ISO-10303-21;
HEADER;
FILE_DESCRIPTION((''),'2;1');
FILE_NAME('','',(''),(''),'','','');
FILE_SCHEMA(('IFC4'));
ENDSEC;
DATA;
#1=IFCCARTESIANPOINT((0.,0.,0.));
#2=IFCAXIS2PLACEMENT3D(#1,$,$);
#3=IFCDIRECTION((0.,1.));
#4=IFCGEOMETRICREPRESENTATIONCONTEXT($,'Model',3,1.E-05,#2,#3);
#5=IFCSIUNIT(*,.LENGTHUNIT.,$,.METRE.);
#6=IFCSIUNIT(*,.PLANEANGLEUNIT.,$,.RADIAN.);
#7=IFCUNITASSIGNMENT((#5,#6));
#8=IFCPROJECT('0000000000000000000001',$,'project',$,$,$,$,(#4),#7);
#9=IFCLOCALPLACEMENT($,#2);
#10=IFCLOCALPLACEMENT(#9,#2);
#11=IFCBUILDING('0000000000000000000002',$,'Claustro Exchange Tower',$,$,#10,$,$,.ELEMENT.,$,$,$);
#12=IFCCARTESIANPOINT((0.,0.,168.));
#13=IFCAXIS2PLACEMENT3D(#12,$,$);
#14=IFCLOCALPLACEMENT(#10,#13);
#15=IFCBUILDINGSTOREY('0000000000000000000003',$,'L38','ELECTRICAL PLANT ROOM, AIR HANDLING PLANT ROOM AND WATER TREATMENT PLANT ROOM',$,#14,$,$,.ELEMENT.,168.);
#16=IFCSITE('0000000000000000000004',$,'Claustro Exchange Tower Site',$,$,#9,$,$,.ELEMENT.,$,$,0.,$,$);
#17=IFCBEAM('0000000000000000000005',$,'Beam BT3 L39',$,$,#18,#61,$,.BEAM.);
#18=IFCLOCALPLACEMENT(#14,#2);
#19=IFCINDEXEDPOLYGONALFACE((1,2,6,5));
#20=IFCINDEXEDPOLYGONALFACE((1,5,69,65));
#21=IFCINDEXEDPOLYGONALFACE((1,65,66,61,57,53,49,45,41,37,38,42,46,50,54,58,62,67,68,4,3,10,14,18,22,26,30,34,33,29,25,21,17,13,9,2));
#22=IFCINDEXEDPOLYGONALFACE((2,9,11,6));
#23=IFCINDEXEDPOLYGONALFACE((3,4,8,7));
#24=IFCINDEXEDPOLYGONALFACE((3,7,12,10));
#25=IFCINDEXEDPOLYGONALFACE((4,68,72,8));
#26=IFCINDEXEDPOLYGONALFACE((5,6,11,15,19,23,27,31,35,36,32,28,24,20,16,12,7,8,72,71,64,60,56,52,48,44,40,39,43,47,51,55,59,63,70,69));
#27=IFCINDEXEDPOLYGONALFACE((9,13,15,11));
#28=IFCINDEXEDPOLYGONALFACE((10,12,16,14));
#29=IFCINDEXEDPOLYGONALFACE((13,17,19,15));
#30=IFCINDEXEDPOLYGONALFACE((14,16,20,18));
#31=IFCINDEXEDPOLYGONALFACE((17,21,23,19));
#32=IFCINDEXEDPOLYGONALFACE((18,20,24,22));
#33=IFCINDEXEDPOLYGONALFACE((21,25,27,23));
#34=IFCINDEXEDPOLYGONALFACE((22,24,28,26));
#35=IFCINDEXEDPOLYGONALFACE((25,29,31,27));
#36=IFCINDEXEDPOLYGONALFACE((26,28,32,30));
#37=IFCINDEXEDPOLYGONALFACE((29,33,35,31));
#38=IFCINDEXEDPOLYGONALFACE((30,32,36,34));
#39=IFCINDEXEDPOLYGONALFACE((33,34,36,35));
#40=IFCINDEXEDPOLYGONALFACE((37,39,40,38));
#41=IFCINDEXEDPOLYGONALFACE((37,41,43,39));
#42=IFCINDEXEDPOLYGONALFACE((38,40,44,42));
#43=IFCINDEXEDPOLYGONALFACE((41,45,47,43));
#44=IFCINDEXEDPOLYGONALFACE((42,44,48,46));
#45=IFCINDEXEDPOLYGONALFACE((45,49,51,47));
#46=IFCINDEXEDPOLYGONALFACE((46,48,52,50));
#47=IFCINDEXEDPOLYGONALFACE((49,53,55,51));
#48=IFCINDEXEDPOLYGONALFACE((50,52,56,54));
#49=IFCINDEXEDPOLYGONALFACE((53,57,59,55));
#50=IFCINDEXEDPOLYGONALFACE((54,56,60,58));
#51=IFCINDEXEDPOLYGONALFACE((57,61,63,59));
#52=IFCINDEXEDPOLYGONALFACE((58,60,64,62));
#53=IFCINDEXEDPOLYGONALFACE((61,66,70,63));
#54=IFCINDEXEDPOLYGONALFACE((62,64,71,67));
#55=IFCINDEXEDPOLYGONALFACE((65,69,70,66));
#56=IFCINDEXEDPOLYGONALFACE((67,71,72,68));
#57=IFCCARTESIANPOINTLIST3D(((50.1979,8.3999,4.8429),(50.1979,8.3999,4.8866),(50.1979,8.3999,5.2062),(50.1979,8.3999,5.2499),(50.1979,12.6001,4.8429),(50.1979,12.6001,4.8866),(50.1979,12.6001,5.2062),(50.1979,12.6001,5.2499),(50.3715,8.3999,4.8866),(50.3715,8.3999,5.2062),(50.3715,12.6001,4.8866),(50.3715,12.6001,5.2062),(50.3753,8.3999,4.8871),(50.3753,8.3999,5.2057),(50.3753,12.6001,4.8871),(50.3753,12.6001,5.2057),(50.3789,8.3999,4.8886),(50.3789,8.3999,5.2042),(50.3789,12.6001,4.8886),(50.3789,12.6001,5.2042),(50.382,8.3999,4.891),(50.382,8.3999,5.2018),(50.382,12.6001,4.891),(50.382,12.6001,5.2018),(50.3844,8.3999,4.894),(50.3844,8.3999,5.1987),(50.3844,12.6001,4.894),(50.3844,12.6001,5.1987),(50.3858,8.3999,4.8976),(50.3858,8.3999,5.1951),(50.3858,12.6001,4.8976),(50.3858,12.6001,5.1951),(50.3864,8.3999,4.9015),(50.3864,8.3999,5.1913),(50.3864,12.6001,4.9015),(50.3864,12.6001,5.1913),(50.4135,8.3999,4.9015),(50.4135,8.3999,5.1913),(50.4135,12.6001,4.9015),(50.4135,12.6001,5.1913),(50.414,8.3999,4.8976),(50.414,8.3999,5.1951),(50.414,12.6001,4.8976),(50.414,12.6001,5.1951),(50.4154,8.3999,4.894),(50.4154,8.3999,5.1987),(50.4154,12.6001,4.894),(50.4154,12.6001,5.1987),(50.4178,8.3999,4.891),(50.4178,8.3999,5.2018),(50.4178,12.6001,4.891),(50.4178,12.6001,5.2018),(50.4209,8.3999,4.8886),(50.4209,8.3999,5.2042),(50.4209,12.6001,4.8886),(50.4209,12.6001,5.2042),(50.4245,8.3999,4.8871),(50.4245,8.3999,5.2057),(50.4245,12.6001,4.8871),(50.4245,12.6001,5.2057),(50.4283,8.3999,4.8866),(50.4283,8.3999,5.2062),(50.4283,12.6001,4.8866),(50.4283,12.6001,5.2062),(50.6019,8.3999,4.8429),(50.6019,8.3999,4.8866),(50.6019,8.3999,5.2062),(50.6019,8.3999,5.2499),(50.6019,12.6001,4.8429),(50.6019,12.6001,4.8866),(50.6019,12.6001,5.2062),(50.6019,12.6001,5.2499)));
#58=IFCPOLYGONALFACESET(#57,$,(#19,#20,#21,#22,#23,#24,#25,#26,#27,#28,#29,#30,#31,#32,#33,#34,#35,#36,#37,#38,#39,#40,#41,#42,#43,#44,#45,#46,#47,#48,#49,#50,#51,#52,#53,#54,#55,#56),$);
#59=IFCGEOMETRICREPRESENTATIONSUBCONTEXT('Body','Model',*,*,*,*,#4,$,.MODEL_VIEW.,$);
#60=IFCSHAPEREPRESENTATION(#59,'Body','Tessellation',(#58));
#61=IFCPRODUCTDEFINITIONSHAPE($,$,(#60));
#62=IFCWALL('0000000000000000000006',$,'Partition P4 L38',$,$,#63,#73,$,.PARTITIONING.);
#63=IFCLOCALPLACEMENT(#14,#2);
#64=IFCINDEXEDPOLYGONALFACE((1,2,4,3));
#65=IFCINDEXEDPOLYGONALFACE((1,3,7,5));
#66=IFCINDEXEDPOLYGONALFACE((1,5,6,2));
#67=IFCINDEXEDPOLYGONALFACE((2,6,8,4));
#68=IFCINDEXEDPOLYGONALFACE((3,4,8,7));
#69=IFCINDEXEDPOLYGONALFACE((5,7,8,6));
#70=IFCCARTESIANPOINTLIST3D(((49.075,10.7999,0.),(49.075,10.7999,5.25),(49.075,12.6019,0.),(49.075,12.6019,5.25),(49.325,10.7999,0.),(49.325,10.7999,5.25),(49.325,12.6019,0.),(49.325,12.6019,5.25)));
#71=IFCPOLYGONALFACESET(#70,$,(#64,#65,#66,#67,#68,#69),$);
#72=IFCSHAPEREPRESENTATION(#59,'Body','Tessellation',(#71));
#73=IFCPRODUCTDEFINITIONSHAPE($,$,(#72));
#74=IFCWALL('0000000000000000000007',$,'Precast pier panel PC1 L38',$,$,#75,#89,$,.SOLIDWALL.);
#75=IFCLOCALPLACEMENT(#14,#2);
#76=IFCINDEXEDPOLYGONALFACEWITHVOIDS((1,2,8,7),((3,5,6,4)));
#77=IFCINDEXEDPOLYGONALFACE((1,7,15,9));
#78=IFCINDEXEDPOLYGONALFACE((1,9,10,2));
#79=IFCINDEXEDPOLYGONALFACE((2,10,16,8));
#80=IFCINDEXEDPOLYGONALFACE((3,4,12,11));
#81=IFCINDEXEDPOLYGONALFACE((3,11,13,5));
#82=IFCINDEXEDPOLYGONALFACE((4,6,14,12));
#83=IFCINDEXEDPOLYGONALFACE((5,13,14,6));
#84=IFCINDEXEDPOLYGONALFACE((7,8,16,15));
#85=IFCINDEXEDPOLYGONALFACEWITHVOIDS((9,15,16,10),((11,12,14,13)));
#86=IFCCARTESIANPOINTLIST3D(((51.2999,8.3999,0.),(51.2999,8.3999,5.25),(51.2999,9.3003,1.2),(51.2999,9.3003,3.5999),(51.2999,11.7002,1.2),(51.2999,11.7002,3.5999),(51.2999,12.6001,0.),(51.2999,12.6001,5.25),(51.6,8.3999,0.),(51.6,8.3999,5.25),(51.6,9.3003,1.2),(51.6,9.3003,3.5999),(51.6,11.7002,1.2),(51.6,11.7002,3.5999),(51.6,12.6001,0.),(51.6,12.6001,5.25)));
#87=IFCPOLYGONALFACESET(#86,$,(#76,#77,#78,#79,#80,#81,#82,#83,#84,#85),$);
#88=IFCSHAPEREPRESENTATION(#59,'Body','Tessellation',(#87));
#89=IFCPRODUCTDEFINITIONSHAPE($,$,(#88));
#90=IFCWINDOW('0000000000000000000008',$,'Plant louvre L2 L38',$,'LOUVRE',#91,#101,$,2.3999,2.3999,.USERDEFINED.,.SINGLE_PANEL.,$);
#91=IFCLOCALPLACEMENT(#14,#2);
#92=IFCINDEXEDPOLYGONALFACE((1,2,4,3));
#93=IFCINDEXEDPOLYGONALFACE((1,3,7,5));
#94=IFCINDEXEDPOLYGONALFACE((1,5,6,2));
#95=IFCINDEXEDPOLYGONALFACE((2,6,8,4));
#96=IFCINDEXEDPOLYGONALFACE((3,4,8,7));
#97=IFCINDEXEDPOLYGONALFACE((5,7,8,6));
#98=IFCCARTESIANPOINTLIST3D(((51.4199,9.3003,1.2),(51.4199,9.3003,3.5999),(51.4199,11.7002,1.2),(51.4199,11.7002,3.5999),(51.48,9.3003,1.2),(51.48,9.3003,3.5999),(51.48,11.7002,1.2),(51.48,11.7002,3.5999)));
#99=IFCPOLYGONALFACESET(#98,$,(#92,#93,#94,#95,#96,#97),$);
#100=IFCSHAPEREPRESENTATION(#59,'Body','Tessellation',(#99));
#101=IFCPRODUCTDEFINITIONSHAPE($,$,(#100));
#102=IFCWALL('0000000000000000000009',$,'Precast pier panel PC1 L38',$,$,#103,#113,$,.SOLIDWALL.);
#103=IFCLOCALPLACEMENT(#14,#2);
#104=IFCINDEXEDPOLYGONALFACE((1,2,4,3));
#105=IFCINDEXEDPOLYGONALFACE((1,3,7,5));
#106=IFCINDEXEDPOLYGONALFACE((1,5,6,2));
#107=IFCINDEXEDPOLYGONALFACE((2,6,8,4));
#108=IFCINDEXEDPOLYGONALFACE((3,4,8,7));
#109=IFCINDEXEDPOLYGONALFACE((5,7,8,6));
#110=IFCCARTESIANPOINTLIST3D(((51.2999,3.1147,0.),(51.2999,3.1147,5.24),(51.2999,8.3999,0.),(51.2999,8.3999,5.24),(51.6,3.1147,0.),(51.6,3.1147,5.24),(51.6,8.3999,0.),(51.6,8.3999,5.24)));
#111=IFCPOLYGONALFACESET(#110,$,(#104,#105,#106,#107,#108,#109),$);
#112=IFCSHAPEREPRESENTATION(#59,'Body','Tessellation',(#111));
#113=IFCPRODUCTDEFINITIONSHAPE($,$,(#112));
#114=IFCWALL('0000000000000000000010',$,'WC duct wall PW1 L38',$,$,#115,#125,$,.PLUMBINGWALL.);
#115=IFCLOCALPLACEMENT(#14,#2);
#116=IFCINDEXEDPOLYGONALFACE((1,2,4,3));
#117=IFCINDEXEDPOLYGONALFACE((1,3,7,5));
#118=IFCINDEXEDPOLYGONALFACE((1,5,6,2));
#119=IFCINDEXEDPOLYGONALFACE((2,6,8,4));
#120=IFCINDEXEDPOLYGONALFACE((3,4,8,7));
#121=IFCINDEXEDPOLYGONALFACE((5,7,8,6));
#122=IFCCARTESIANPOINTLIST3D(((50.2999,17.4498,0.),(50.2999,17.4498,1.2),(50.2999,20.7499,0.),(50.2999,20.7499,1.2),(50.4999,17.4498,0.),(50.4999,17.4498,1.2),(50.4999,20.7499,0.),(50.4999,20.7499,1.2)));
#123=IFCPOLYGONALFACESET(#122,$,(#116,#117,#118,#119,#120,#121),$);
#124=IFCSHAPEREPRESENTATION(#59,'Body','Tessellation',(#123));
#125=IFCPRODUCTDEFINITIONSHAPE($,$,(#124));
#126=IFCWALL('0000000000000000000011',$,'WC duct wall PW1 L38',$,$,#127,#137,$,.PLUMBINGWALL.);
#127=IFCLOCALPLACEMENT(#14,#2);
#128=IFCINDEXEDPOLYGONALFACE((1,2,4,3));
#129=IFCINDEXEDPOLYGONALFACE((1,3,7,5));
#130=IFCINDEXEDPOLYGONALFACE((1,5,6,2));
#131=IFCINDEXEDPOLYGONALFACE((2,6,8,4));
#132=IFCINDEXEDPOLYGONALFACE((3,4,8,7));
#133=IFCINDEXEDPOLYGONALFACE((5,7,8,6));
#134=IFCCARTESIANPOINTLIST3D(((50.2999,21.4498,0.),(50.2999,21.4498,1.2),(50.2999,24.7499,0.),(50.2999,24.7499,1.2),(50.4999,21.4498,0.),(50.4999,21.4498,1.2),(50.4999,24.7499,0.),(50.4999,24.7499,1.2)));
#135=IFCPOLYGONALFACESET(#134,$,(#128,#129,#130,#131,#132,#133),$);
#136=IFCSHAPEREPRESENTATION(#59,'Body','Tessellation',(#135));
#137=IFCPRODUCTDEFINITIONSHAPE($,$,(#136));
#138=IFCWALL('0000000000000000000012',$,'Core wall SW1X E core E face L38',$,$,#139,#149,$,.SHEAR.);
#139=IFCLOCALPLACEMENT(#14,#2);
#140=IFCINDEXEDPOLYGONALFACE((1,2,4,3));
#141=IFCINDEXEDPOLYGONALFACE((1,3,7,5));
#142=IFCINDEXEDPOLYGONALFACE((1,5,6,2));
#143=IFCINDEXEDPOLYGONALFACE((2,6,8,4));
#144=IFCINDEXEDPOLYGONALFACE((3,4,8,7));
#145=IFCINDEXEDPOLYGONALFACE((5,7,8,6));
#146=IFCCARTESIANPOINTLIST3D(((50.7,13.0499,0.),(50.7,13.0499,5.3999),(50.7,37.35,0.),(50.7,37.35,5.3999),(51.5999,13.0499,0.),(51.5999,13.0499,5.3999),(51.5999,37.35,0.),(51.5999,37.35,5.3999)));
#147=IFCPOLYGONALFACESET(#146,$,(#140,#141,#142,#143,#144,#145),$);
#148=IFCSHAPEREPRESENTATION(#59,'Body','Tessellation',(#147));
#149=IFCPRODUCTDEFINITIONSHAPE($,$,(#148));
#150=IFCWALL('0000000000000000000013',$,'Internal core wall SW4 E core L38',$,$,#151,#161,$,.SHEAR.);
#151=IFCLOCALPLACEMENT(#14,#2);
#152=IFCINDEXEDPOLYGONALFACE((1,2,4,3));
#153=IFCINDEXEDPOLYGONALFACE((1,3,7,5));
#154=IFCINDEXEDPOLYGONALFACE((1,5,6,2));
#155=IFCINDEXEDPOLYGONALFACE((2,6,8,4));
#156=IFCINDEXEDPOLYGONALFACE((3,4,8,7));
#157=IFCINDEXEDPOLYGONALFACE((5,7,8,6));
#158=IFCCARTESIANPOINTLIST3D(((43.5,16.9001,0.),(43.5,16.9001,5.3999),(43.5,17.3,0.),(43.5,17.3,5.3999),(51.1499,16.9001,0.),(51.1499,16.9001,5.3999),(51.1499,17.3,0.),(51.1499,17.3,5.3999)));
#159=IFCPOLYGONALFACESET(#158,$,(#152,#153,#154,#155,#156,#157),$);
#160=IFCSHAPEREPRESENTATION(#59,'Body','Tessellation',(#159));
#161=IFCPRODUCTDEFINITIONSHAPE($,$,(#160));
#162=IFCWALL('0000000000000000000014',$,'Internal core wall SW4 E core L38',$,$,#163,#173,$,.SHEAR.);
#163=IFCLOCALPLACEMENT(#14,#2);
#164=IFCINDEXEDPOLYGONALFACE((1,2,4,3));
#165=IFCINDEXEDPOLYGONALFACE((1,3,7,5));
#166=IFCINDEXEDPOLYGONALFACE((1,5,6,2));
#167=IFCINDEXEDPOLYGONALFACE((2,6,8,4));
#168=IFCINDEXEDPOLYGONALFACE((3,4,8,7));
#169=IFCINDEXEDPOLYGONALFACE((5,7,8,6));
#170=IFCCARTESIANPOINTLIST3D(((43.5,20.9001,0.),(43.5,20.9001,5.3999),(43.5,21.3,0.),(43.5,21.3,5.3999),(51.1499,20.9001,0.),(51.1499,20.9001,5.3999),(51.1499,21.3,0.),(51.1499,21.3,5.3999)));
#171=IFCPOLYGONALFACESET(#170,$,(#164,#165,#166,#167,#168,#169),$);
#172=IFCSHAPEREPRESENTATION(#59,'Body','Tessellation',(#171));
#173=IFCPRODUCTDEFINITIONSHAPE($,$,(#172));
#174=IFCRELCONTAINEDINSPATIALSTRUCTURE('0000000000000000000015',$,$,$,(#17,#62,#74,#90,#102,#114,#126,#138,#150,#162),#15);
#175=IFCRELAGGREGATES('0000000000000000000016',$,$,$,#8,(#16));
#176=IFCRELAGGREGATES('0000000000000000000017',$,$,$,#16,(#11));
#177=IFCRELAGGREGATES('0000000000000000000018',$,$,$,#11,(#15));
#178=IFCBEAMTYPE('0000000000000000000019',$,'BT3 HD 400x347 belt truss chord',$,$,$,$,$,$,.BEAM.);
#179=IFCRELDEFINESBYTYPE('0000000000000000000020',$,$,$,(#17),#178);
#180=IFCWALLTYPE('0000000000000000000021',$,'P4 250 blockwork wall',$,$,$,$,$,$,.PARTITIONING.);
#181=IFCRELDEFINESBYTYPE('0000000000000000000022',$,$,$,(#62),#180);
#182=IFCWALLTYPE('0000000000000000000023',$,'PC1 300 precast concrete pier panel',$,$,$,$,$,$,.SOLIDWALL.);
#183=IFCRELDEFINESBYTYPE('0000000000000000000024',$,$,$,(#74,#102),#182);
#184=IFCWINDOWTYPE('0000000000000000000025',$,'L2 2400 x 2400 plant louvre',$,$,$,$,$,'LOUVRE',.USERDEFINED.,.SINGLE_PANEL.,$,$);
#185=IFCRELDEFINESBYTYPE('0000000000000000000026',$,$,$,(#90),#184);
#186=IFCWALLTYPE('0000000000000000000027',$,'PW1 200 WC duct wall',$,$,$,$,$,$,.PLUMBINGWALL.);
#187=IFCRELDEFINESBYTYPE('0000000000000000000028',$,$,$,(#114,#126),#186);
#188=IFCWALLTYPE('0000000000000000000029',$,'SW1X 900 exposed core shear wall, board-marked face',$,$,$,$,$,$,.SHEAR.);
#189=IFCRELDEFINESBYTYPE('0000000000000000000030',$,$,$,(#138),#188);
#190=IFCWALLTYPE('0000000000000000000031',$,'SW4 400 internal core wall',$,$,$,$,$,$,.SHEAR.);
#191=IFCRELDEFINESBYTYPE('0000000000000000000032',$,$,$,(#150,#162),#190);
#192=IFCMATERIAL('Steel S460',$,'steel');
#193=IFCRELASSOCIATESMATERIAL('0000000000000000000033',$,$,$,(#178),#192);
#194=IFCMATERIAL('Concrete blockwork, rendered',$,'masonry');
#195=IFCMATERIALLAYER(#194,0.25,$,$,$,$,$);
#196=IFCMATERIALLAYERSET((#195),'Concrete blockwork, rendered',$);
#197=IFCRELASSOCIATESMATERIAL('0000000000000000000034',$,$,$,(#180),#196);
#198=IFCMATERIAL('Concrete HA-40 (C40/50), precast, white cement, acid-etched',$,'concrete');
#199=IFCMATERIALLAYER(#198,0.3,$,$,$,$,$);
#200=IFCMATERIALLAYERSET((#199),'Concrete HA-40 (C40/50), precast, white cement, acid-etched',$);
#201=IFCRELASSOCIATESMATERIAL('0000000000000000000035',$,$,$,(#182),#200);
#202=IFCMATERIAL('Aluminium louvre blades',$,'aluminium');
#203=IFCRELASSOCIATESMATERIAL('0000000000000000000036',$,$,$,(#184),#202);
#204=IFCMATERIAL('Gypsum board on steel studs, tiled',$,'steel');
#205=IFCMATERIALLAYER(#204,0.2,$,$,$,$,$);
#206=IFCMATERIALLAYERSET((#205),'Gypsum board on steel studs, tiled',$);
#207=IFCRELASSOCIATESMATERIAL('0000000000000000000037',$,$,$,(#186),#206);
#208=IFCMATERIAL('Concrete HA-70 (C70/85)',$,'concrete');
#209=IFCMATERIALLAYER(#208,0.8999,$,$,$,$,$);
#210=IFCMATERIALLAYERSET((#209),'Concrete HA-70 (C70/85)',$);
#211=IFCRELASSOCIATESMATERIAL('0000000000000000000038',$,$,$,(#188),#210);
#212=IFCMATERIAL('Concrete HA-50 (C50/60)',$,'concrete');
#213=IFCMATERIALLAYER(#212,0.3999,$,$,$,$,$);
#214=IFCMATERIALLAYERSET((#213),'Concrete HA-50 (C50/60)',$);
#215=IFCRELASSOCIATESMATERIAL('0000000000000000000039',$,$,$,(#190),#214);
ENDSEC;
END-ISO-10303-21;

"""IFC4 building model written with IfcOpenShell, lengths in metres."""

from ifc_helpers import new_model, si_unit, direction, frame, frame_2d, origin, origin_2d, place, context, subcontext, project, spatial, rectangle, i_section, extrude, material, layer, layer_set, material_profile, profile_set, type_object, element, fill, save


model = new_model("IFC4")

# Units and contexts
model_context = context("Model", 3, precision=1e-05, world=origin(), true_north=direction((0.0, 1.0)))
body_context = subcontext(model_context, "Body", "Model", "MODEL_VIEW")
ifc_project = project(units=[si_unit("LENGTHUNIT", "METRE"), si_unit("PLANEANGLEUNIT", "RADIAN")], contexts=[model_context])

# Site, building, storey
site_placement = place(None, origin())
site = spatial("IfcSite", under=ifc_project, at=site_placement, Name="Claustro Exchange Tower Site", CompositionType="ELEMENT", RefElevation=0.0)
building_placement = place(site_placement, origin())
building = spatial("IfcBuilding", under=site, at=building_placement, Name="Claustro Exchange Tower", CompositionType="ELEMENT")
storey_placement = place(building_placement, frame((0.0, 0.0, 168.0)))
storey = spatial("IfcBuildingStorey", under=building, at=storey_placement, Name="L38", Description="ELECTRICAL PLANT ROOM, AIR HANDLING PLANT ROOM AND WATER TREATMENT PLANT ROOM", CompositionType="ELEMENT", Elevation=168.0)

# Beam
ifc_material_1 = material(Name="Steel S460", Category="steel")
ifc_material_profile = material_profile(ifc_material_1, i_section(OverallWidth=0.4041, OverallDepth=0.407, WebThickness=0.0271, FlangeThickness=0.0437, FilletRadius=0.0149, at=origin_2d()), Name="HD 400x347")
ifc_profile_set = profile_set([ifc_material_profile], Name="Steel S460")
beam_type = type_object("IfcBeamType", Name="BT3 HD 400x347 belt truss chord", PredefinedType="BEAM", material=ifc_profile_set)
beam_placement = place(storey_placement, frame((50.3999, 8.3999, 5.0464), z_axis=(0.0, 1.0, 0.0), x_axis=(-1.0, 0.0, 0.0)))
element("IfcBeam", 1, at=beam_placement, inside=storey, type_object=beam_type, Name="Beam BT3 L39", PredefinedType="BEAM", context=body_context, shape_type="SweptSolid", body=[
    extrude(i_section(OverallWidth=0.4041, OverallDepth=0.407, WebThickness=0.0271, FlangeThickness=0.0437, FilletRadius=0.0149, at=origin_2d()), origin(), (0.0, 0.0, 1.0), 4.2002),
])

# Wall
ifc_material_2 = material(Name="Concrete blockwork, rendered", Category="masonry")
ifc_layer_1 = layer(ifc_material_2, 0.25)
ifc_layer_set_1 = layer_set([ifc_layer_1], Name="Concrete blockwork, rendered")
wall_type_1 = type_object("IfcWallType", Name="P4 250 blockwork wall", PredefinedType="PARTITIONING", material=ifc_layer_set_1)
wall_1_placement = place(storey_placement, frame((49.2, 10.8, 0.0), z_axis=(0.0, 0.0, 1.0), x_axis=(0.0, 1.0, 0.0)))
element("IfcWall", 2, at=wall_1_placement, inside=storey, type_object=wall_type_1, Name="Partition P4 L38", PredefinedType="PARTITIONING", context=body_context, shape_type="SweptSolid", body=[
    extrude(rectangle(XDim=1.802, YDim=0.25, at=frame_2d((0.9009, 0.0))), origin(), (0.0, 0.0, 1.0), 5.25),
])

# Wall, opening, window
ifc_material_3 = material(Name="Concrete HA-40 (C40/50), precast, white cement, acid-etched", Category="concrete")
ifc_layer_2 = layer(ifc_material_3, 0.3)
ifc_layer_set_2 = layer_set([ifc_layer_2], Name="Concrete HA-40 (C40/50), precast, white cement, acid-etched")
wall_type_2 = type_object("IfcWallType", Name="PC1 300 precast concrete pier panel", PredefinedType="SOLIDWALL", material=ifc_layer_set_2)
wall_2_placement = place(storey_placement, frame((51.45, 12.6001, 0.0), z_axis=(0.0, 0.0, 1.0), x_axis=(0.0, -1.0, 0.0)))
wall_2 = element("IfcWall", 3, at=wall_2_placement, inside=storey, type_object=wall_type_2, Name="Precast pier panel PC1 L38", PredefinedType="SOLIDWALL", context=body_context, shape_type="SweptSolid", body=[
    extrude(rectangle(XDim=4.2002, YDim=0.3, at=frame_2d((2.1001, 0.0))), origin(), (0.0, 0.0, 1.0), 5.25),
])
opening_placement = place(wall_2_placement, frame((0.8999, 0.0, 1.2)))
opening = element("IfcOpeningElement", 4, at=opening_placement, cuts=wall_2, PredefinedType="OPENING", context=body_context, shape_type="SweptSolid", body=[
    extrude(rectangle(XDim=2.3999, YDim=2.3999, at=frame_2d((1.2, 1.2))), frame((0.0, 0.1599, 0.0), z_axis=(0.0, -1.0, 0.0), x_axis=(1.0, 0.0, 0.0)), (0.0, 0.0, 1.0), 0.3201),
])
ifc_material_4 = material(Name="Aluminium louvre blades", Category="aluminium")
window_type = type_object("IfcWindowType", Name="L2 2400 x 2400 plant louvre", ElementType="LOUVRE", PartitioningType="SINGLE_PANEL", PredefinedType="USERDEFINED", material=ifc_material_4)
window_placement = place(opening_placement, origin())
window = element("IfcWindow", 5, at=window_placement, inside=storey, type_object=window_type, Name="Plant louvre L2 L38", ObjectType="LOUVRE", OverallHeight=2.3999, OverallWidth=2.3999, PartitioningType="SINGLE_PANEL", PredefinedType="USERDEFINED", context=body_context, shape_type="SweptSolid", body=[
    extrude(rectangle(XDim=2.3999, YDim=2.3999, at=frame_2d((1.2, 1.2))), frame((0.0, 0.03, 0.0), z_axis=(0.0, -1.0, 0.0), x_axis=(1.0, 0.0, 0.0)), (0.0, 0.0, 1.0), 0.0601),
])
fill(opening, window)

# Walls
wall_3_placement = place(storey_placement, frame((51.45, 8.3999, 0.0), z_axis=(0.0, 0.0, 1.0), x_axis=(0.0, -1.0, 0.0)))
element("IfcWall", 6, at=wall_3_placement, inside=storey, type_object=wall_type_2, Name="Precast pier panel PC1 L38", PredefinedType="SOLIDWALL", context=body_context, shape_type="SweptSolid", body=[
    extrude(rectangle(XDim=5.2852, YDim=0.3, at=frame_2d((2.6426, 0.0))), origin(), (0.0, 0.0, 1.0), 5.24),
])
ifc_material_5 = material(Name="Gypsum board on steel studs, tiled", Category="steel")
ifc_layer_3 = layer(ifc_material_5, 0.2)
ifc_layer_set_3 = layer_set([ifc_layer_3], Name="Gypsum board on steel studs, tiled")
wall_type_3 = type_object("IfcWallType", Name="PW1 200 WC duct wall", PredefinedType="PLUMBINGWALL", material=ifc_layer_set_3)
for number, where, z_axis, x_axis, name in (
    (7, (50.3999, 17.45, 0.0), (0.0, 0.0, 1.0), (0.0, 1.0, 0.0), "WC duct wall PW1 L38"),
    (8, (50.3999, 21.45, 0.0), (0.0, 0.0, 1.0), (0.0, 1.0, 0.0), "WC duct wall PW1 L38"),
):
    element("IfcWall", number, at=place(storey_placement, frame(where, z_axis=z_axis, x_axis=x_axis)), inside=storey, type_object=wall_type_3, Name=name, PredefinedType="PLUMBINGWALL", context=body_context, shape_type="SweptSolid", body=[
        extrude(rectangle(XDim=3.3, YDim=0.2, at=frame_2d((1.6499, 0.0))), origin(), (0.0, 0.0, 1.0), 1.2),
    ])
ifc_material_6 = material(Name="Concrete HA-70 (C70/85)", Category="concrete")
ifc_layer_4 = layer(ifc_material_6, 0.8999)
ifc_layer_set_4 = layer_set([ifc_layer_4], Name="Concrete HA-70 (C70/85)")
wall_type_4 = type_object("IfcWallType", Name="SW1X 900 exposed core shear wall, board-marked face", PredefinedType="SHEAR", material=ifc_layer_set_4)
wall_4_placement = place(storey_placement, frame((51.1499, 13.05, 0.0), z_axis=(0.0, 0.0, 1.0), x_axis=(0.0, 1.0, 0.0)))
element("IfcWall", 9, at=wall_4_placement, inside=storey, type_object=wall_type_4, Name="Core wall SW1X E core E face L38", PredefinedType="SHEAR", context=body_context, shape_type="SweptSolid", body=[
    extrude(rectangle(XDim=24.3, YDim=0.8999, at=frame_2d((12.1499, 0.0))), origin(), (0.0, 0.0, 1.0), 5.3999),
])
ifc_material_7 = material(Name="Concrete HA-50 (C50/60)", Category="concrete")
ifc_layer_5 = layer(ifc_material_7, 0.3999)
ifc_layer_set_5 = layer_set([ifc_layer_5], Name="Concrete HA-50 (C50/60)")
wall_type_5 = type_object("IfcWallType", Name="SW4 400 internal core wall", PredefinedType="SHEAR", material=ifc_layer_set_5)
for number, where, z_axis, x_axis, name in (
    (10, (51.1499, 17.1001, 0.0), (0.0, 0.0, 1.0), (-1.0, 0.0, 0.0), "Internal core wall SW4 E core L38"),
    (11, (51.1499, 21.1001, 0.0), (0.0, 0.0, 1.0), (-1.0, 0.0, 0.0), "Internal core wall SW4 E core L38"),
):
    element("IfcWall", number, at=place(storey_placement, frame(where, z_axis=z_axis, x_axis=x_axis)), inside=storey, type_object=wall_type_5, Name=name, PredefinedType="SHEAR", context=body_context, shape_type="SweptSolid", body=[
        extrude(rectangle(XDim=7.6499, YDim=0.3999, at=frame_2d((3.825, 0.0))), origin(), (0.0, 0.0, 1.0), 5.3999),
    ])

save(model, "model.ifc")
